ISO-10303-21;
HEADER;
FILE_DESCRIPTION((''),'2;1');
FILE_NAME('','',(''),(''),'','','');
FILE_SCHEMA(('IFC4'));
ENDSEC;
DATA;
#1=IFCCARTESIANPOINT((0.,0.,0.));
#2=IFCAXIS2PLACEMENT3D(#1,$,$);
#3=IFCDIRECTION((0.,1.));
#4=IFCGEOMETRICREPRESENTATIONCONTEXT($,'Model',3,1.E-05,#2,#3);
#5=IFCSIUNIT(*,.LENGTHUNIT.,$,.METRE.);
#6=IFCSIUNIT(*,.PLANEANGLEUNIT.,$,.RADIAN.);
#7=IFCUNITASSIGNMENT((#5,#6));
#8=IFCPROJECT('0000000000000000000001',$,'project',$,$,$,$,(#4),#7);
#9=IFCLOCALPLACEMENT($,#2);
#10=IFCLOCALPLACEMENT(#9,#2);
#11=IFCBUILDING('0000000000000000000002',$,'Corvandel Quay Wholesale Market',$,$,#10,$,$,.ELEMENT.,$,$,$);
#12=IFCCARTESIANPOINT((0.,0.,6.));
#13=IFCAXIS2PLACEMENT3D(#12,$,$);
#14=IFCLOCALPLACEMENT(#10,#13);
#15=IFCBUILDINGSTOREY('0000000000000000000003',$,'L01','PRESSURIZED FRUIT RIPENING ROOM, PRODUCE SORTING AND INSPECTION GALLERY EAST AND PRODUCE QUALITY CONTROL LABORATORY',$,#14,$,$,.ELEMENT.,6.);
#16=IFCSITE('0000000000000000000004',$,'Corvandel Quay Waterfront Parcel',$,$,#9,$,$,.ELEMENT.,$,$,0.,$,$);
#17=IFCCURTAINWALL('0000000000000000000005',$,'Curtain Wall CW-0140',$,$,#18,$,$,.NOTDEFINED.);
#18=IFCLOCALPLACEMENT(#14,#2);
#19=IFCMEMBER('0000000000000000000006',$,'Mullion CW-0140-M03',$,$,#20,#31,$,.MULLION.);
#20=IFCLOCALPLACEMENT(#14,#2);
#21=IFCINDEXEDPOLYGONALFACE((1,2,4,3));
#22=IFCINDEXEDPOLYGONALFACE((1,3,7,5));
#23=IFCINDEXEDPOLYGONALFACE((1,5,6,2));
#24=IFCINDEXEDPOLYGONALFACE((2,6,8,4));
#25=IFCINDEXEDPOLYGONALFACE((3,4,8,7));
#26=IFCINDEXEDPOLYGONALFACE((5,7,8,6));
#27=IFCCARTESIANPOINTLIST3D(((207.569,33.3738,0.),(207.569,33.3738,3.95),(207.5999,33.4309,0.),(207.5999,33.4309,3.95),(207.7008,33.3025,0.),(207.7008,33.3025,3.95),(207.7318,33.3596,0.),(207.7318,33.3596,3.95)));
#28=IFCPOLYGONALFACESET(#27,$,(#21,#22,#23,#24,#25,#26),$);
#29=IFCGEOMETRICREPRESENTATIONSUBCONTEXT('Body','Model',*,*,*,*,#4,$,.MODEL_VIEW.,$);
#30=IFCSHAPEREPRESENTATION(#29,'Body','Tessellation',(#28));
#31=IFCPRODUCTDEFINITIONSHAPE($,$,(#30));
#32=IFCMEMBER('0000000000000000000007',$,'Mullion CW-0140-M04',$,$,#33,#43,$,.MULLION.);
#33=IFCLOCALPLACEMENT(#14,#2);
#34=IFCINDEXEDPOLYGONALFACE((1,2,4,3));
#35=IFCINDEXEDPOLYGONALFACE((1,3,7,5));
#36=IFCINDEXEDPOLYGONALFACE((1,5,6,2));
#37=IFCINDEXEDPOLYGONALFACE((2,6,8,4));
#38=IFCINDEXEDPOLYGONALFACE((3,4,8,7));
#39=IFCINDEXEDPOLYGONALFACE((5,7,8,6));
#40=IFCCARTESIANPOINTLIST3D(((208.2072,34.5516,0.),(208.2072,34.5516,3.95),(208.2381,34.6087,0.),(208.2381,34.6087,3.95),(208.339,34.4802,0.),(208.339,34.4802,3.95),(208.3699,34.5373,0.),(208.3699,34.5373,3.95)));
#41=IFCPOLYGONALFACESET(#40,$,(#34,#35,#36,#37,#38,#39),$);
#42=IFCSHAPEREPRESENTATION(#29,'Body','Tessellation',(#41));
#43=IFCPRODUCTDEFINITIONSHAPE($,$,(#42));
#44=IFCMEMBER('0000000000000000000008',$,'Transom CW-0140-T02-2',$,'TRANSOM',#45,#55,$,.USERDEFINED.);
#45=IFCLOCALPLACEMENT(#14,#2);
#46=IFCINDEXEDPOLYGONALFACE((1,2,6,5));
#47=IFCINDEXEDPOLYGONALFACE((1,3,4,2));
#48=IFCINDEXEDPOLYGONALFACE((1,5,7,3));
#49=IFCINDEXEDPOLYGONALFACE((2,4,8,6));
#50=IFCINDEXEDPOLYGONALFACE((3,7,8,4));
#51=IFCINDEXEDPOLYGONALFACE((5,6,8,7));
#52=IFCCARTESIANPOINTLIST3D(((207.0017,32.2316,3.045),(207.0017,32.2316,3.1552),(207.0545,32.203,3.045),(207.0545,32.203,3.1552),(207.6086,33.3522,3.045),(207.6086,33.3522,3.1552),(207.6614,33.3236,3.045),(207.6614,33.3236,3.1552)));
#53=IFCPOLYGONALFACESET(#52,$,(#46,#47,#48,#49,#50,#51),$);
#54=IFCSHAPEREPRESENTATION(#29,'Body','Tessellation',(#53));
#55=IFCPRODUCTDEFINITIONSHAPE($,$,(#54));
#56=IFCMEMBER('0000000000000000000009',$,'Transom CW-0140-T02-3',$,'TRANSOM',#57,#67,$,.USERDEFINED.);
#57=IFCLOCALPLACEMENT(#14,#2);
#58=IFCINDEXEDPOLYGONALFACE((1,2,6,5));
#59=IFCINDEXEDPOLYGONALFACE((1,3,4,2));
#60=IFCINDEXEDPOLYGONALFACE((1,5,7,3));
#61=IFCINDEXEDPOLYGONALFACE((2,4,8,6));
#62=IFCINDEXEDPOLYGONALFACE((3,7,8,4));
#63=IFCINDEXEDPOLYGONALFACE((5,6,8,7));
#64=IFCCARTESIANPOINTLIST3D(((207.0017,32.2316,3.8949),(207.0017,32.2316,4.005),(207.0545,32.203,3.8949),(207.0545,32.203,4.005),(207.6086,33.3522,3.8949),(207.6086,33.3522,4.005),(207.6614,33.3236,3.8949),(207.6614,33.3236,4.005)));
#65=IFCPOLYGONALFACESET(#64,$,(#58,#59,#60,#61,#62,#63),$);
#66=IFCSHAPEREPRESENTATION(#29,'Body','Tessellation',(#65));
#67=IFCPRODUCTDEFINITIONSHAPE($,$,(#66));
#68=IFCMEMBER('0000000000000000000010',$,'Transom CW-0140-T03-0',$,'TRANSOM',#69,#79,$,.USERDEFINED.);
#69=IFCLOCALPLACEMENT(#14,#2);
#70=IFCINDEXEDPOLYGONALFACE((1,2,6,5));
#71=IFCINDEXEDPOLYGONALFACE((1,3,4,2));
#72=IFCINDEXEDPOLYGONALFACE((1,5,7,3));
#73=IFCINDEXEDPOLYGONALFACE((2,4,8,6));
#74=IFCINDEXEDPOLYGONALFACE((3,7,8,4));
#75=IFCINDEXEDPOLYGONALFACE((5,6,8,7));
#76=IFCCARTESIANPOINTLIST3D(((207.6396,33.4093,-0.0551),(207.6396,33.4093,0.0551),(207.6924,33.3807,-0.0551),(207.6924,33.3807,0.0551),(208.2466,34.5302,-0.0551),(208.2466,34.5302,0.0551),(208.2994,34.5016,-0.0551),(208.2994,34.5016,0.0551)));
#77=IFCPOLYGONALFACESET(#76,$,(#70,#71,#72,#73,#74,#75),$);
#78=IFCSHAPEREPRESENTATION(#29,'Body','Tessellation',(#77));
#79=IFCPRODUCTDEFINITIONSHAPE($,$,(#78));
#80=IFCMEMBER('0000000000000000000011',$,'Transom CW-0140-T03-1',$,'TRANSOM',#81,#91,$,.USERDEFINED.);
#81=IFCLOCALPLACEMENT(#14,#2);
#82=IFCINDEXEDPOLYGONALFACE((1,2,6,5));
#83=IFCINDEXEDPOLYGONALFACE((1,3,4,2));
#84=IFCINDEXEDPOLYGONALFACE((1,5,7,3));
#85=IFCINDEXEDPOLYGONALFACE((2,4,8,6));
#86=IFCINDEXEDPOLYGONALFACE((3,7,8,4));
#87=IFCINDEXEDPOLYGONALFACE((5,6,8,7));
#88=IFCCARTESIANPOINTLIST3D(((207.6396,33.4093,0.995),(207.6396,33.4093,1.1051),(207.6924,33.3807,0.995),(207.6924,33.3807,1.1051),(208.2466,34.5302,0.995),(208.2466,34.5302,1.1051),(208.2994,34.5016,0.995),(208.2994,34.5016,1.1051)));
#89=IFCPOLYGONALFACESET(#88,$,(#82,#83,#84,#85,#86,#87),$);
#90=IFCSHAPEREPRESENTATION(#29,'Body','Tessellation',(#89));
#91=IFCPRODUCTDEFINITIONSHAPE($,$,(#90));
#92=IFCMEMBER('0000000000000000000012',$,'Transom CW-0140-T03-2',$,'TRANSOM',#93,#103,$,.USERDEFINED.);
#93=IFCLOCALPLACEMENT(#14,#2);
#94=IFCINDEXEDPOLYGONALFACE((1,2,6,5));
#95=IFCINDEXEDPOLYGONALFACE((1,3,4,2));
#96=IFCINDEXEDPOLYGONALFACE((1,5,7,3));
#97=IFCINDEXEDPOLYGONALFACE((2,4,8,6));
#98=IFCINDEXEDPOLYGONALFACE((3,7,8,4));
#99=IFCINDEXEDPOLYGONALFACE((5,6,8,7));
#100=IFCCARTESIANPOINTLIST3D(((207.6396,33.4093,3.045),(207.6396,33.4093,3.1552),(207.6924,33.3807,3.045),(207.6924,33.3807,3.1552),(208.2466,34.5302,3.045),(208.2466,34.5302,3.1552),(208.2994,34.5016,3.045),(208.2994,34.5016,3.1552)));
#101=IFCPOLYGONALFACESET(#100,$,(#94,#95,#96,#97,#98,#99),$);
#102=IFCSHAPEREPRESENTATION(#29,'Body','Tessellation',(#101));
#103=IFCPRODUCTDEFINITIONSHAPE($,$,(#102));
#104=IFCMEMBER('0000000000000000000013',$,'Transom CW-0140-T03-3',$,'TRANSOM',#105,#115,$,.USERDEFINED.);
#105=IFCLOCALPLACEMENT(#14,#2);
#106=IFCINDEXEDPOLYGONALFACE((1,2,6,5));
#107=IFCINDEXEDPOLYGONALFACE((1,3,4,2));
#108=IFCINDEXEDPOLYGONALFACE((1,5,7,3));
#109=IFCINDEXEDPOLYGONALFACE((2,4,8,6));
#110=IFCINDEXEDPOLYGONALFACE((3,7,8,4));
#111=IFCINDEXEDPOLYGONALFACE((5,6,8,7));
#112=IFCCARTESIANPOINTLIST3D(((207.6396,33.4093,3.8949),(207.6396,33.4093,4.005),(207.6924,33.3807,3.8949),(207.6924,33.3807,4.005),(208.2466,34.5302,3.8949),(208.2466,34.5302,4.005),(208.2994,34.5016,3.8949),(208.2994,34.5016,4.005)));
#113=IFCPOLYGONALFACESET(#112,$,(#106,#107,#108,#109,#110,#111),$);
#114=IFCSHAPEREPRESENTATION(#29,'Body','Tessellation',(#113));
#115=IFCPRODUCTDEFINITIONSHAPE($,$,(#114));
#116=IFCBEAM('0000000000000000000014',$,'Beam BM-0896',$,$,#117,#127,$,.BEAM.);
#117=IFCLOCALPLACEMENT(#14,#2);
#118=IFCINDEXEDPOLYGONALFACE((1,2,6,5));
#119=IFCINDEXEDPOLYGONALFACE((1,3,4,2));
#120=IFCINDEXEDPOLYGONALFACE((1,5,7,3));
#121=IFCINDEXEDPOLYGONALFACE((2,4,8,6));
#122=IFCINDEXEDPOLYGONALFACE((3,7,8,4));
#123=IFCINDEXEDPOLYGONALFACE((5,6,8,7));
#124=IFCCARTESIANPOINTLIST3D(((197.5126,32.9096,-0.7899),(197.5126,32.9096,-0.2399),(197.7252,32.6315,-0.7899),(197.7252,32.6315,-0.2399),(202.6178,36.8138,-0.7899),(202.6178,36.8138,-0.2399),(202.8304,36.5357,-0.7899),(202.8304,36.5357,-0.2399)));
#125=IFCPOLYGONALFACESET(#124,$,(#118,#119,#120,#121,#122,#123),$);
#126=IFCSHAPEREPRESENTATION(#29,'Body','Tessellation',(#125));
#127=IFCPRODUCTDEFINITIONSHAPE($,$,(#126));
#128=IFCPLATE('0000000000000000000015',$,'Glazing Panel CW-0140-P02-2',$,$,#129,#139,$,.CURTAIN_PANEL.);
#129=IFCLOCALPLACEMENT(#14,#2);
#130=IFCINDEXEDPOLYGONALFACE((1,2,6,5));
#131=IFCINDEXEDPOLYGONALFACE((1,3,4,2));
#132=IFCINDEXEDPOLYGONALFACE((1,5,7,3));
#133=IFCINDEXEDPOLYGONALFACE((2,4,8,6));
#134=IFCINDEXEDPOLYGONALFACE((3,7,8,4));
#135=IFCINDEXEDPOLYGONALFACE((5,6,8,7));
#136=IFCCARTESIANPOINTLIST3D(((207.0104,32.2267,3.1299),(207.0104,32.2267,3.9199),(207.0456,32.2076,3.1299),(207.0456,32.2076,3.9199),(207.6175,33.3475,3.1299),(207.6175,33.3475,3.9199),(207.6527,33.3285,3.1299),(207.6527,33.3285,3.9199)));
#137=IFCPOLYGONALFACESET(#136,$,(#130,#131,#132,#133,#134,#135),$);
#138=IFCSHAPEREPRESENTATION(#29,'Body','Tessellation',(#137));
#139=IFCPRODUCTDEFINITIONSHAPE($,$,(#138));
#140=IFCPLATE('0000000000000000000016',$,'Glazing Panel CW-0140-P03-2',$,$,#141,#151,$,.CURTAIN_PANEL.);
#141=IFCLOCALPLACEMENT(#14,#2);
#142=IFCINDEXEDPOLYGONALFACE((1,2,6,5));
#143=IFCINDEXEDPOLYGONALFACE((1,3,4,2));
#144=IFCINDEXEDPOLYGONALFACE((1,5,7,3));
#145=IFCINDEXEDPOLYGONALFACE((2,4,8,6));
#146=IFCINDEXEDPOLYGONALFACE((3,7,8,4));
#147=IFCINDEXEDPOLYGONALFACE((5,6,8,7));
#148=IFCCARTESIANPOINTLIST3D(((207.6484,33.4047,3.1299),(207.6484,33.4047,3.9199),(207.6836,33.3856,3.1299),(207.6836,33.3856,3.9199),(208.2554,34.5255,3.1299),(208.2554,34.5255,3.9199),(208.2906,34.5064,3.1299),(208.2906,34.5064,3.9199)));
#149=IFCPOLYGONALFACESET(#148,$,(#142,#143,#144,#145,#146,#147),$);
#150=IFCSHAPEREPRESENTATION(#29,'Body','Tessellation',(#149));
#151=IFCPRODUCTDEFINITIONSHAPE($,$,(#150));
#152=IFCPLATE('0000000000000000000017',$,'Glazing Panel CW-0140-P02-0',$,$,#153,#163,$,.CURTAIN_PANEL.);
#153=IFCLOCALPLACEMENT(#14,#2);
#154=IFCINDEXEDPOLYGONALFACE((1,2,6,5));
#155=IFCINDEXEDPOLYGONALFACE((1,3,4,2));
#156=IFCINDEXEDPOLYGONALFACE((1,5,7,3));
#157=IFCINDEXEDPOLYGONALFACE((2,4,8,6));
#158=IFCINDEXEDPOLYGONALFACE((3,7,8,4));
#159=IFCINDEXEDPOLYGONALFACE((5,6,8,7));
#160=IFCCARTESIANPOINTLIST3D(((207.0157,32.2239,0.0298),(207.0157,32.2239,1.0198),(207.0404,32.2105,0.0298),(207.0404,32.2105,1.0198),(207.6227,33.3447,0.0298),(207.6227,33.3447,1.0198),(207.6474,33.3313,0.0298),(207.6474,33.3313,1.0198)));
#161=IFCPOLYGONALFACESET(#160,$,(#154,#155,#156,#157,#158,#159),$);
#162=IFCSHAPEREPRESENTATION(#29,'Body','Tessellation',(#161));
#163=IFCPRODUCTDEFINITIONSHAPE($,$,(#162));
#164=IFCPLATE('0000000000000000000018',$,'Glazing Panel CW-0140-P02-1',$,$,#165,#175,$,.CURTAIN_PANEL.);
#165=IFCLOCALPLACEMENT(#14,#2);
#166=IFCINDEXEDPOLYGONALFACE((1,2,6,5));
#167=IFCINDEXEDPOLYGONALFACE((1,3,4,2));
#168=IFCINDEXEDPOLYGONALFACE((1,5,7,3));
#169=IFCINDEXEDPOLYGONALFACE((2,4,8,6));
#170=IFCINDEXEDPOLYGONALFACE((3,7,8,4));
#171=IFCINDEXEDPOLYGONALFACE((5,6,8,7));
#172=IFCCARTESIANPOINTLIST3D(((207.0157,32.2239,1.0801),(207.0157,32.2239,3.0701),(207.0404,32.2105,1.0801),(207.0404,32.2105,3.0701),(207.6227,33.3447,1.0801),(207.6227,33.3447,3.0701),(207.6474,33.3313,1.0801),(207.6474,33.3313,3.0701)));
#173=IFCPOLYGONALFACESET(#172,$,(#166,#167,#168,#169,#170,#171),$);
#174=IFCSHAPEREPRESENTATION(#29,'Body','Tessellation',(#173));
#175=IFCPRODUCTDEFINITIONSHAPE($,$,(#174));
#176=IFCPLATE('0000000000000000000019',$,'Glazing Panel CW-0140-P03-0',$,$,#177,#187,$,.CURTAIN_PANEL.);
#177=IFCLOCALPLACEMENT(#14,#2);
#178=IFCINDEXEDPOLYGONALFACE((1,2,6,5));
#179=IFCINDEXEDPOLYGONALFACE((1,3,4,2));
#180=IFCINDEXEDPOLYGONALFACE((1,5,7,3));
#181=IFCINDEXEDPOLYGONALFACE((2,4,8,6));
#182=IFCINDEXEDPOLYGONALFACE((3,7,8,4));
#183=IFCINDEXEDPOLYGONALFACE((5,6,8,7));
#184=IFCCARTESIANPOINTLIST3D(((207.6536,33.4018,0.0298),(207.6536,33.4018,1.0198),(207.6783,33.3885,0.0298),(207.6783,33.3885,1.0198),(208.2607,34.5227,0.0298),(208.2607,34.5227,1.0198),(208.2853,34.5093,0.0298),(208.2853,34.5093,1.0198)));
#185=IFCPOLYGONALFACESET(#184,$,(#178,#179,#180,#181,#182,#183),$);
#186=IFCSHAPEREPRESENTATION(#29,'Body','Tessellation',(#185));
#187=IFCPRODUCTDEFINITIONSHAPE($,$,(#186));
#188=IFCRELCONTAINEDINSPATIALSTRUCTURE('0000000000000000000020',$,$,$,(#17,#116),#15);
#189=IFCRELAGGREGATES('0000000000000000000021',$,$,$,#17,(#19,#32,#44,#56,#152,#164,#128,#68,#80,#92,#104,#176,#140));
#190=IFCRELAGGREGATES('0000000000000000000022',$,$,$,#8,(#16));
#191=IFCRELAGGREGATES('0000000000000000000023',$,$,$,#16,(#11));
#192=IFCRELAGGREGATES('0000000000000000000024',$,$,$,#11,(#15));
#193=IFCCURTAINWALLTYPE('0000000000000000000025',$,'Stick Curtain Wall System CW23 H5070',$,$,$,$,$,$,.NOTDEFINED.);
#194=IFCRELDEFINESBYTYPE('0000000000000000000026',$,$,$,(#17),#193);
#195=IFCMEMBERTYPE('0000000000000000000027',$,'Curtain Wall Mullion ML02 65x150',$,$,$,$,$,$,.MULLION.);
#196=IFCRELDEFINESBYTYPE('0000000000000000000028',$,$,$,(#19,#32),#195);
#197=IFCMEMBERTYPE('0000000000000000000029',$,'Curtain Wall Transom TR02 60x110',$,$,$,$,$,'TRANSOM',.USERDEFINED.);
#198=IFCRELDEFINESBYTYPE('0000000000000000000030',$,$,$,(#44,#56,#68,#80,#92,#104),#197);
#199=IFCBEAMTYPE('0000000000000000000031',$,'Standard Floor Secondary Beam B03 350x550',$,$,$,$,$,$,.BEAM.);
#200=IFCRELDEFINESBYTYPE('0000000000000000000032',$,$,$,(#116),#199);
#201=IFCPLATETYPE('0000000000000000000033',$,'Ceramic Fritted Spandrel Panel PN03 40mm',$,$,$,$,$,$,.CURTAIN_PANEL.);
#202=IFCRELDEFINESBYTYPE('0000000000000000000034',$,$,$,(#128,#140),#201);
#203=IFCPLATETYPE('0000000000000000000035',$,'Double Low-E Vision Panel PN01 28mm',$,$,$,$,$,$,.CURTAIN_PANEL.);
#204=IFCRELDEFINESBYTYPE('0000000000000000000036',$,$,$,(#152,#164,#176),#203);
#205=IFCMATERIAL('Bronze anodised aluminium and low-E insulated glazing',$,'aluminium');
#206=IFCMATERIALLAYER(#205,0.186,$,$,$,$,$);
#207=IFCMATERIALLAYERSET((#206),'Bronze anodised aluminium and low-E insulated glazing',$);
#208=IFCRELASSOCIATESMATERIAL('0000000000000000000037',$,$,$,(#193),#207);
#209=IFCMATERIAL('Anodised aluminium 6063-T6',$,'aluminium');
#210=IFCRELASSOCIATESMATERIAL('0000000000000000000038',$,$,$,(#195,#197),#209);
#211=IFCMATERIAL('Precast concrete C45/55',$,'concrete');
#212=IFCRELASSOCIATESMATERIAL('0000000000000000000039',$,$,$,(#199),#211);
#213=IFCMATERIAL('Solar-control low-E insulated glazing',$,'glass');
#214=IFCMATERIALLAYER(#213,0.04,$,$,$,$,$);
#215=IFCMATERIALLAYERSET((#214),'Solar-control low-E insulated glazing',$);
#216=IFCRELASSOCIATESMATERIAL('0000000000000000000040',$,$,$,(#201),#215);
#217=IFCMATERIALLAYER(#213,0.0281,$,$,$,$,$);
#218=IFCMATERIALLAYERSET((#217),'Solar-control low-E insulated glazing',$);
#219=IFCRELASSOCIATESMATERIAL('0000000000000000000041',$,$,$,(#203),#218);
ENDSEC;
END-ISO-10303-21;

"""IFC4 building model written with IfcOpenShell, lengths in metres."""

from ifc_helpers import new_model, si_unit, direction, frame, origin, origin_2d, place, context, subcontext, project, spatial, rectangle, extrude, material, layer, layer_set, material_profile, profile_set, type_object, element, aggregate, save


model = new_model("IFC4")

# Units and contexts
model_context = context("Model", 3, precision=1e-05, world=origin(), true_north=direction((0.0, 1.0)))
body_context = subcontext(model_context, "Body", "Model", "MODEL_VIEW")
ifc_project = project(units=[si_unit("LENGTHUNIT", "METRE"), si_unit("PLANEANGLEUNIT", "RADIAN")], contexts=[model_context])

# Site, building, storey
site_placement = place(None, origin())
site = spatial("IfcSite", under=ifc_project, at=site_placement, Name="Corvandel Quay Waterfront Parcel", CompositionType="ELEMENT", RefElevation=0.0)
building_placement = place(site_placement, origin())
building = spatial("IfcBuilding", under=site, at=building_placement, Name="Corvandel Quay Wholesale Market", CompositionType="ELEMENT")
storey_placement = place(building_placement, frame((0.0, 0.0, 6.0)))
storey = spatial("IfcBuildingStorey", under=building, at=storey_placement, Name="L01", Description="PRESSURIZED FRUIT RIPENING ROOM, PRODUCE SORTING AND INSPECTION GALLERY EAST AND PRODUCE QUALITY CONTROL LABORATORY", CompositionType="ELEMENT", Elevation=6.0)

# Curtain wall, members
ifc_material_1 = material(Name="Bronze anodised aluminium and low-E insulated glazing", Category="aluminium")
ifc_layer_1 = layer(ifc_material_1, 0.186)
ifc_layer_set_1 = layer_set([ifc_layer_1], Name="Bronze anodised aluminium and low-E insulated glazing")
curtain_wall_type = type_object("IfcCurtainWallType", Name="Stick Curtain Wall System CW23 H5070", PredefinedType="NOTDEFINED", material=ifc_layer_set_1)
curtain_wall_placement = place(storey_placement, origin())
curtain_wall = element("IfcCurtainWall", 1, at=curtain_wall_placement, inside=storey, type_object=curtain_wall_type, Name="Curtain Wall CW-0140", PredefinedType="NOTDEFINED")
ifc_material_2 = material(Name="Anodised aluminium 6063-T6", Category="aluminium")
ifc_material_profile_1 = material_profile(ifc_material_2, rectangle(XDim=0.0649, YDim=0.1499, at=origin_2d()), Name="ALU-MUL-65x150")
ifc_profile_set_1 = profile_set([ifc_material_profile_1], Name="Anodised aluminium 6063-T6")
member_type_1 = type_object("IfcMemberType", Name="Curtain Wall Mullion ML02 65x150", PredefinedType="MULLION", material=ifc_profile_set_1)
member_1_placement = place(storey_placement, frame((207.6504, 33.3667, 0.0), z_axis=(0.0, 0.0, 1.0), x_axis=(0.476238, 0.879316, 0.0)))
member_1 = element("IfcMember", 2, at=member_1_placement, type_object=member_type_1, Name="Mullion CW-0140-M03", PredefinedType="MULLION", context=body_context, shape_type="SweptSolid", body=[
    extrude(rectangle(XDim=0.0649, YDim=0.1499, at=origin_2d()), origin(), (0.0, 0.0, 1.0), 3.95),
])
member_2_placement = place(storey_placement, frame((208.2886, 34.5444, 0.0), z_axis=(0.0, 0.0, 1.0), x_axis=(0.476238, 0.879316, 0.0)))
member_2 = element("IfcMember", 3, at=member_2_placement, type_object=member_type_1, Name="Mullion CW-0140-M04", PredefinedType="MULLION", context=body_context, shape_type="SweptSolid", body=[
    extrude(rectangle(XDim=0.0649, YDim=0.1499, at=origin_2d()), origin(), (0.0, 0.0, 1.0), 3.95),
])
ifc_material_profile_2 = material_profile(ifc_material_2, rectangle(XDim=0.0601, YDim=0.1101, at=origin_2d()), Name="ALU-TRN-60x110")
ifc_profile_set_2 = profile_set([ifc_material_profile_2], Name="Anodised aluminium 6063-T6")
member_type_2 = type_object("IfcMemberType", Name="Curtain Wall Transom TR02 60x110", ElementType="TRANSOM", PredefinedType="USERDEFINED", material=ifc_profile_set_2)
member_3_placement = place(storey_placement, frame((207.0281, 32.2173, 3.1001), z_axis=(0.476246, 0.879312, 0.0), x_axis=(-0.879312, 0.476246, 0.0)))
member_3 = element("IfcMember", 4, at=member_3_placement, type_object=member_type_2, Name="Transom CW-0140-T02-2", ObjectType="TRANSOM", PredefinedType="USERDEFINED", context=body_context, shape_type="SweptSolid", body=[
    extrude(rectangle(XDim=0.0601, YDim=0.1101, at=origin_2d()), origin(), (0.0, 0.0, 1.0), 1.2744),
])
member_4_placement = place(storey_placement, frame((207.0281, 32.2173, 3.95), z_axis=(0.476246, 0.879312, 0.0), x_axis=(-0.879312, 0.476246, 0.0)))
member_4 = element("IfcMember", 5, at=member_4_placement, type_object=member_type_2, Name="Transom CW-0140-T02-3", ObjectType="TRANSOM", PredefinedType="USERDEFINED", context=body_context, shape_type="SweptSolid", body=[
    extrude(rectangle(XDim=0.0601, YDim=0.1101, at=origin_2d()), origin(), (0.0, 0.0, 1.0), 1.2744),
])
member_5_placement = place(storey_placement, frame((207.666, 33.395, 0.0), z_axis=(0.476166, 0.879355, 0.0), x_axis=(-0.879355, 0.476166, 0.0)))
member_5 = element("IfcMember", 6, at=member_5_placement, type_object=member_type_2, Name="Transom CW-0140-T03-0", ObjectType="TRANSOM", PredefinedType="USERDEFINED", context=body_context, shape_type="SweptSolid", body=[
    extrude(rectangle(XDim=0.0601, YDim=0.1101, at=origin_2d()), origin(), (0.0, 0.0, 1.0), 1.2747),
])
member_6_placement = place(storey_placement, frame((207.666, 33.395, 1.05), z_axis=(0.476166, 0.879355, 0.0), x_axis=(-0.879355, 0.476166, 0.0)))
member_6 = element("IfcMember", 7, at=member_6_placement, type_object=member_type_2, Name="Transom CW-0140-T03-1", ObjectType="TRANSOM", PredefinedType="USERDEFINED", context=body_context, shape_type="SweptSolid", body=[
    extrude(rectangle(XDim=0.0601, YDim=0.1101, at=origin_2d()), origin(), (0.0, 0.0, 1.0), 1.2747),
])
member_7_placement = place(storey_placement, frame((207.666, 33.395, 3.1001), z_axis=(0.476166, 0.879355, 0.0), x_axis=(-0.879355, 0.476166, 0.0)))
member_7 = element("IfcMember", 8, at=member_7_placement, type_object=member_type_2, Name="Transom CW-0140-T03-2", ObjectType="TRANSOM", PredefinedType="USERDEFINED", context=body_context, shape_type="SweptSolid", body=[
    extrude(rectangle(XDim=0.0601, YDim=0.1101, at=origin_2d()), origin(), (0.0, 0.0, 1.0), 1.2747),
])
member_8_placement = place(storey_placement, frame((207.666, 33.395, 3.95), z_axis=(0.476166, 0.879355, 0.0), x_axis=(-0.879355, 0.476166, 0.0)))
member_8 = element("IfcMember", 9, at=member_8_placement, type_object=member_type_2, Name="Transom CW-0140-T03-3", ObjectType="TRANSOM", PredefinedType="USERDEFINED", context=body_context, shape_type="SweptSolid", body=[
    extrude(rectangle(XDim=0.0601, YDim=0.1101, at=origin_2d()), origin(), (0.0, 0.0, 1.0), 1.2747),
])

# Beam
ifc_material_3 = material(Name="Precast concrete C45/55", Category="concrete")
ifc_material_profile_3 = material_profile(ifc_material_3, rectangle(XDim=0.3501, YDim=0.55, at=origin_2d()), Name="PC-BM-350x550")
ifc_profile_set_3 = profile_set([ifc_material_profile_3], Name="Precast concrete C45/55")
beam_type = type_object("IfcBeamType", Name="Standard Floor Secondary Beam B03 350x550", PredefinedType="BEAM", material=ifc_profile_set_3)
beam_placement = place(storey_placement, frame((197.6189, 32.7705, -0.5149), z_axis=(0.794335, 0.60748, 0.0), x_axis=(-0.60748, 0.794335, 0.0)))
element("IfcBeam", 10, at=beam_placement, inside=storey, type_object=beam_type, Name="Beam BM-0896", PredefinedType="BEAM", context=body_context, shape_type="SweptSolid", body=[
    extrude(rectangle(XDim=0.3501, YDim=0.55, at=origin_2d()), origin(), (0.0, 0.0, 1.0), 6.427),
])

# Plates
ifc_material_4 = material(Name="Solar-control low-E insulated glazing", Category="glass")
ifc_layer_2 = layer(ifc_material_4, 0.04)
ifc_layer_set_2 = layer_set([ifc_layer_2], Name="Solar-control low-E insulated glazing")
plate_type_1 = type_object("IfcPlateType", Name="Ceramic Fritted Spandrel Panel PN03 40mm", PredefinedType="CURTAIN_PANEL", material=ifc_layer_set_2)
plate_1_placement = place(storey_placement, frame((207.3315, 32.7776, 3.1299), z_axis=(0.0, 0.0, 1.0), x_axis=(0.476238, 0.879316, 0.0)))
plate_1 = element("IfcPlate", 11, at=plate_1_placement, type_object=plate_type_1, Name="Glazing Panel CW-0140-P02-2", PredefinedType="CURTAIN_PANEL", context=body_context, shape_type="SweptSolid", body=[
    extrude(rectangle(XDim=1.2747, YDim=0.04, at=origin_2d()), origin(), (0.0, 0.0, 1.0), 0.79),
])
plate_2_placement = place(storey_placement, frame((207.9695, 33.9556, 3.1299), z_axis=(0.0, 0.0, 1.0), x_axis=(0.476238, 0.879316, 0.0)))
plate_2 = element("IfcPlate", 12, at=plate_2_placement, type_object=plate_type_1, Name="Glazing Panel CW-0140-P03-2", PredefinedType="CURTAIN_PANEL", context=body_context, shape_type="SweptSolid", body=[
    extrude(rectangle(XDim=1.2747, YDim=0.04, at=origin_2d()), origin(), (0.0, 0.0, 1.0), 0.79),
])
ifc_layer_3 = layer(ifc_material_4, 0.0281)
ifc_layer_set_3 = layer_set([ifc_layer_3], Name="Solar-control low-E insulated glazing")
plate_type_2 = type_object("IfcPlateType", Name="Double Low-E Vision Panel PN01 28mm", PredefinedType="CURTAIN_PANEL", material=ifc_layer_set_3)
plate_3_placement = place(storey_placement, frame((207.3315, 32.7776, 0.0298), z_axis=(0.0, 0.0, 1.0), x_axis=(0.476238, 0.879316, 0.0)))
plate_3 = element("IfcPlate", 13, at=plate_3_placement, type_object=plate_type_2, Name="Glazing Panel CW-0140-P02-0", PredefinedType="CURTAIN_PANEL", context=body_context, shape_type="SweptSolid", body=[
    extrude(rectangle(XDim=1.2747, YDim=0.0281, at=origin_2d()), origin(), (0.0, 0.0, 1.0), 0.99),
])
plate_4_placement = place(storey_placement, frame((207.3315, 32.7776, 1.0801), z_axis=(0.0, 0.0, 1.0), x_axis=(0.476238, 0.879316, 0.0)))
plate_4 = element("IfcPlate", 14, at=plate_4_placement, type_object=plate_type_2, Name="Glazing Panel CW-0140-P02-1", PredefinedType="CURTAIN_PANEL", context=body_context, shape_type="SweptSolid", body=[
    extrude(rectangle(XDim=1.2747, YDim=0.0281, at=origin_2d()), origin(), (0.0, 0.0, 1.0), 1.99),
])
plate_5_placement = place(storey_placement, frame((207.9695, 33.9556, 0.0298), z_axis=(0.0, 0.0, 1.0), x_axis=(0.476238, 0.879316, 0.0)))
plate_5 = element("IfcPlate", 15, at=plate_5_placement, type_object=plate_type_2, Name="Glazing Panel CW-0140-P03-0", PredefinedType="CURTAIN_PANEL", context=body_context, shape_type="SweptSolid", body=[
    extrude(rectangle(XDim=1.2747, YDim=0.0281, at=origin_2d()), origin(), (0.0, 0.0, 1.0), 0.99),
])
aggregate(curtain_wall, [member_1, member_2, member_3, member_4, plate_3, plate_4, plate_1, member_5, member_6, member_7, member_8, plate_5, plate_2])

save(model, "model.ifc")
